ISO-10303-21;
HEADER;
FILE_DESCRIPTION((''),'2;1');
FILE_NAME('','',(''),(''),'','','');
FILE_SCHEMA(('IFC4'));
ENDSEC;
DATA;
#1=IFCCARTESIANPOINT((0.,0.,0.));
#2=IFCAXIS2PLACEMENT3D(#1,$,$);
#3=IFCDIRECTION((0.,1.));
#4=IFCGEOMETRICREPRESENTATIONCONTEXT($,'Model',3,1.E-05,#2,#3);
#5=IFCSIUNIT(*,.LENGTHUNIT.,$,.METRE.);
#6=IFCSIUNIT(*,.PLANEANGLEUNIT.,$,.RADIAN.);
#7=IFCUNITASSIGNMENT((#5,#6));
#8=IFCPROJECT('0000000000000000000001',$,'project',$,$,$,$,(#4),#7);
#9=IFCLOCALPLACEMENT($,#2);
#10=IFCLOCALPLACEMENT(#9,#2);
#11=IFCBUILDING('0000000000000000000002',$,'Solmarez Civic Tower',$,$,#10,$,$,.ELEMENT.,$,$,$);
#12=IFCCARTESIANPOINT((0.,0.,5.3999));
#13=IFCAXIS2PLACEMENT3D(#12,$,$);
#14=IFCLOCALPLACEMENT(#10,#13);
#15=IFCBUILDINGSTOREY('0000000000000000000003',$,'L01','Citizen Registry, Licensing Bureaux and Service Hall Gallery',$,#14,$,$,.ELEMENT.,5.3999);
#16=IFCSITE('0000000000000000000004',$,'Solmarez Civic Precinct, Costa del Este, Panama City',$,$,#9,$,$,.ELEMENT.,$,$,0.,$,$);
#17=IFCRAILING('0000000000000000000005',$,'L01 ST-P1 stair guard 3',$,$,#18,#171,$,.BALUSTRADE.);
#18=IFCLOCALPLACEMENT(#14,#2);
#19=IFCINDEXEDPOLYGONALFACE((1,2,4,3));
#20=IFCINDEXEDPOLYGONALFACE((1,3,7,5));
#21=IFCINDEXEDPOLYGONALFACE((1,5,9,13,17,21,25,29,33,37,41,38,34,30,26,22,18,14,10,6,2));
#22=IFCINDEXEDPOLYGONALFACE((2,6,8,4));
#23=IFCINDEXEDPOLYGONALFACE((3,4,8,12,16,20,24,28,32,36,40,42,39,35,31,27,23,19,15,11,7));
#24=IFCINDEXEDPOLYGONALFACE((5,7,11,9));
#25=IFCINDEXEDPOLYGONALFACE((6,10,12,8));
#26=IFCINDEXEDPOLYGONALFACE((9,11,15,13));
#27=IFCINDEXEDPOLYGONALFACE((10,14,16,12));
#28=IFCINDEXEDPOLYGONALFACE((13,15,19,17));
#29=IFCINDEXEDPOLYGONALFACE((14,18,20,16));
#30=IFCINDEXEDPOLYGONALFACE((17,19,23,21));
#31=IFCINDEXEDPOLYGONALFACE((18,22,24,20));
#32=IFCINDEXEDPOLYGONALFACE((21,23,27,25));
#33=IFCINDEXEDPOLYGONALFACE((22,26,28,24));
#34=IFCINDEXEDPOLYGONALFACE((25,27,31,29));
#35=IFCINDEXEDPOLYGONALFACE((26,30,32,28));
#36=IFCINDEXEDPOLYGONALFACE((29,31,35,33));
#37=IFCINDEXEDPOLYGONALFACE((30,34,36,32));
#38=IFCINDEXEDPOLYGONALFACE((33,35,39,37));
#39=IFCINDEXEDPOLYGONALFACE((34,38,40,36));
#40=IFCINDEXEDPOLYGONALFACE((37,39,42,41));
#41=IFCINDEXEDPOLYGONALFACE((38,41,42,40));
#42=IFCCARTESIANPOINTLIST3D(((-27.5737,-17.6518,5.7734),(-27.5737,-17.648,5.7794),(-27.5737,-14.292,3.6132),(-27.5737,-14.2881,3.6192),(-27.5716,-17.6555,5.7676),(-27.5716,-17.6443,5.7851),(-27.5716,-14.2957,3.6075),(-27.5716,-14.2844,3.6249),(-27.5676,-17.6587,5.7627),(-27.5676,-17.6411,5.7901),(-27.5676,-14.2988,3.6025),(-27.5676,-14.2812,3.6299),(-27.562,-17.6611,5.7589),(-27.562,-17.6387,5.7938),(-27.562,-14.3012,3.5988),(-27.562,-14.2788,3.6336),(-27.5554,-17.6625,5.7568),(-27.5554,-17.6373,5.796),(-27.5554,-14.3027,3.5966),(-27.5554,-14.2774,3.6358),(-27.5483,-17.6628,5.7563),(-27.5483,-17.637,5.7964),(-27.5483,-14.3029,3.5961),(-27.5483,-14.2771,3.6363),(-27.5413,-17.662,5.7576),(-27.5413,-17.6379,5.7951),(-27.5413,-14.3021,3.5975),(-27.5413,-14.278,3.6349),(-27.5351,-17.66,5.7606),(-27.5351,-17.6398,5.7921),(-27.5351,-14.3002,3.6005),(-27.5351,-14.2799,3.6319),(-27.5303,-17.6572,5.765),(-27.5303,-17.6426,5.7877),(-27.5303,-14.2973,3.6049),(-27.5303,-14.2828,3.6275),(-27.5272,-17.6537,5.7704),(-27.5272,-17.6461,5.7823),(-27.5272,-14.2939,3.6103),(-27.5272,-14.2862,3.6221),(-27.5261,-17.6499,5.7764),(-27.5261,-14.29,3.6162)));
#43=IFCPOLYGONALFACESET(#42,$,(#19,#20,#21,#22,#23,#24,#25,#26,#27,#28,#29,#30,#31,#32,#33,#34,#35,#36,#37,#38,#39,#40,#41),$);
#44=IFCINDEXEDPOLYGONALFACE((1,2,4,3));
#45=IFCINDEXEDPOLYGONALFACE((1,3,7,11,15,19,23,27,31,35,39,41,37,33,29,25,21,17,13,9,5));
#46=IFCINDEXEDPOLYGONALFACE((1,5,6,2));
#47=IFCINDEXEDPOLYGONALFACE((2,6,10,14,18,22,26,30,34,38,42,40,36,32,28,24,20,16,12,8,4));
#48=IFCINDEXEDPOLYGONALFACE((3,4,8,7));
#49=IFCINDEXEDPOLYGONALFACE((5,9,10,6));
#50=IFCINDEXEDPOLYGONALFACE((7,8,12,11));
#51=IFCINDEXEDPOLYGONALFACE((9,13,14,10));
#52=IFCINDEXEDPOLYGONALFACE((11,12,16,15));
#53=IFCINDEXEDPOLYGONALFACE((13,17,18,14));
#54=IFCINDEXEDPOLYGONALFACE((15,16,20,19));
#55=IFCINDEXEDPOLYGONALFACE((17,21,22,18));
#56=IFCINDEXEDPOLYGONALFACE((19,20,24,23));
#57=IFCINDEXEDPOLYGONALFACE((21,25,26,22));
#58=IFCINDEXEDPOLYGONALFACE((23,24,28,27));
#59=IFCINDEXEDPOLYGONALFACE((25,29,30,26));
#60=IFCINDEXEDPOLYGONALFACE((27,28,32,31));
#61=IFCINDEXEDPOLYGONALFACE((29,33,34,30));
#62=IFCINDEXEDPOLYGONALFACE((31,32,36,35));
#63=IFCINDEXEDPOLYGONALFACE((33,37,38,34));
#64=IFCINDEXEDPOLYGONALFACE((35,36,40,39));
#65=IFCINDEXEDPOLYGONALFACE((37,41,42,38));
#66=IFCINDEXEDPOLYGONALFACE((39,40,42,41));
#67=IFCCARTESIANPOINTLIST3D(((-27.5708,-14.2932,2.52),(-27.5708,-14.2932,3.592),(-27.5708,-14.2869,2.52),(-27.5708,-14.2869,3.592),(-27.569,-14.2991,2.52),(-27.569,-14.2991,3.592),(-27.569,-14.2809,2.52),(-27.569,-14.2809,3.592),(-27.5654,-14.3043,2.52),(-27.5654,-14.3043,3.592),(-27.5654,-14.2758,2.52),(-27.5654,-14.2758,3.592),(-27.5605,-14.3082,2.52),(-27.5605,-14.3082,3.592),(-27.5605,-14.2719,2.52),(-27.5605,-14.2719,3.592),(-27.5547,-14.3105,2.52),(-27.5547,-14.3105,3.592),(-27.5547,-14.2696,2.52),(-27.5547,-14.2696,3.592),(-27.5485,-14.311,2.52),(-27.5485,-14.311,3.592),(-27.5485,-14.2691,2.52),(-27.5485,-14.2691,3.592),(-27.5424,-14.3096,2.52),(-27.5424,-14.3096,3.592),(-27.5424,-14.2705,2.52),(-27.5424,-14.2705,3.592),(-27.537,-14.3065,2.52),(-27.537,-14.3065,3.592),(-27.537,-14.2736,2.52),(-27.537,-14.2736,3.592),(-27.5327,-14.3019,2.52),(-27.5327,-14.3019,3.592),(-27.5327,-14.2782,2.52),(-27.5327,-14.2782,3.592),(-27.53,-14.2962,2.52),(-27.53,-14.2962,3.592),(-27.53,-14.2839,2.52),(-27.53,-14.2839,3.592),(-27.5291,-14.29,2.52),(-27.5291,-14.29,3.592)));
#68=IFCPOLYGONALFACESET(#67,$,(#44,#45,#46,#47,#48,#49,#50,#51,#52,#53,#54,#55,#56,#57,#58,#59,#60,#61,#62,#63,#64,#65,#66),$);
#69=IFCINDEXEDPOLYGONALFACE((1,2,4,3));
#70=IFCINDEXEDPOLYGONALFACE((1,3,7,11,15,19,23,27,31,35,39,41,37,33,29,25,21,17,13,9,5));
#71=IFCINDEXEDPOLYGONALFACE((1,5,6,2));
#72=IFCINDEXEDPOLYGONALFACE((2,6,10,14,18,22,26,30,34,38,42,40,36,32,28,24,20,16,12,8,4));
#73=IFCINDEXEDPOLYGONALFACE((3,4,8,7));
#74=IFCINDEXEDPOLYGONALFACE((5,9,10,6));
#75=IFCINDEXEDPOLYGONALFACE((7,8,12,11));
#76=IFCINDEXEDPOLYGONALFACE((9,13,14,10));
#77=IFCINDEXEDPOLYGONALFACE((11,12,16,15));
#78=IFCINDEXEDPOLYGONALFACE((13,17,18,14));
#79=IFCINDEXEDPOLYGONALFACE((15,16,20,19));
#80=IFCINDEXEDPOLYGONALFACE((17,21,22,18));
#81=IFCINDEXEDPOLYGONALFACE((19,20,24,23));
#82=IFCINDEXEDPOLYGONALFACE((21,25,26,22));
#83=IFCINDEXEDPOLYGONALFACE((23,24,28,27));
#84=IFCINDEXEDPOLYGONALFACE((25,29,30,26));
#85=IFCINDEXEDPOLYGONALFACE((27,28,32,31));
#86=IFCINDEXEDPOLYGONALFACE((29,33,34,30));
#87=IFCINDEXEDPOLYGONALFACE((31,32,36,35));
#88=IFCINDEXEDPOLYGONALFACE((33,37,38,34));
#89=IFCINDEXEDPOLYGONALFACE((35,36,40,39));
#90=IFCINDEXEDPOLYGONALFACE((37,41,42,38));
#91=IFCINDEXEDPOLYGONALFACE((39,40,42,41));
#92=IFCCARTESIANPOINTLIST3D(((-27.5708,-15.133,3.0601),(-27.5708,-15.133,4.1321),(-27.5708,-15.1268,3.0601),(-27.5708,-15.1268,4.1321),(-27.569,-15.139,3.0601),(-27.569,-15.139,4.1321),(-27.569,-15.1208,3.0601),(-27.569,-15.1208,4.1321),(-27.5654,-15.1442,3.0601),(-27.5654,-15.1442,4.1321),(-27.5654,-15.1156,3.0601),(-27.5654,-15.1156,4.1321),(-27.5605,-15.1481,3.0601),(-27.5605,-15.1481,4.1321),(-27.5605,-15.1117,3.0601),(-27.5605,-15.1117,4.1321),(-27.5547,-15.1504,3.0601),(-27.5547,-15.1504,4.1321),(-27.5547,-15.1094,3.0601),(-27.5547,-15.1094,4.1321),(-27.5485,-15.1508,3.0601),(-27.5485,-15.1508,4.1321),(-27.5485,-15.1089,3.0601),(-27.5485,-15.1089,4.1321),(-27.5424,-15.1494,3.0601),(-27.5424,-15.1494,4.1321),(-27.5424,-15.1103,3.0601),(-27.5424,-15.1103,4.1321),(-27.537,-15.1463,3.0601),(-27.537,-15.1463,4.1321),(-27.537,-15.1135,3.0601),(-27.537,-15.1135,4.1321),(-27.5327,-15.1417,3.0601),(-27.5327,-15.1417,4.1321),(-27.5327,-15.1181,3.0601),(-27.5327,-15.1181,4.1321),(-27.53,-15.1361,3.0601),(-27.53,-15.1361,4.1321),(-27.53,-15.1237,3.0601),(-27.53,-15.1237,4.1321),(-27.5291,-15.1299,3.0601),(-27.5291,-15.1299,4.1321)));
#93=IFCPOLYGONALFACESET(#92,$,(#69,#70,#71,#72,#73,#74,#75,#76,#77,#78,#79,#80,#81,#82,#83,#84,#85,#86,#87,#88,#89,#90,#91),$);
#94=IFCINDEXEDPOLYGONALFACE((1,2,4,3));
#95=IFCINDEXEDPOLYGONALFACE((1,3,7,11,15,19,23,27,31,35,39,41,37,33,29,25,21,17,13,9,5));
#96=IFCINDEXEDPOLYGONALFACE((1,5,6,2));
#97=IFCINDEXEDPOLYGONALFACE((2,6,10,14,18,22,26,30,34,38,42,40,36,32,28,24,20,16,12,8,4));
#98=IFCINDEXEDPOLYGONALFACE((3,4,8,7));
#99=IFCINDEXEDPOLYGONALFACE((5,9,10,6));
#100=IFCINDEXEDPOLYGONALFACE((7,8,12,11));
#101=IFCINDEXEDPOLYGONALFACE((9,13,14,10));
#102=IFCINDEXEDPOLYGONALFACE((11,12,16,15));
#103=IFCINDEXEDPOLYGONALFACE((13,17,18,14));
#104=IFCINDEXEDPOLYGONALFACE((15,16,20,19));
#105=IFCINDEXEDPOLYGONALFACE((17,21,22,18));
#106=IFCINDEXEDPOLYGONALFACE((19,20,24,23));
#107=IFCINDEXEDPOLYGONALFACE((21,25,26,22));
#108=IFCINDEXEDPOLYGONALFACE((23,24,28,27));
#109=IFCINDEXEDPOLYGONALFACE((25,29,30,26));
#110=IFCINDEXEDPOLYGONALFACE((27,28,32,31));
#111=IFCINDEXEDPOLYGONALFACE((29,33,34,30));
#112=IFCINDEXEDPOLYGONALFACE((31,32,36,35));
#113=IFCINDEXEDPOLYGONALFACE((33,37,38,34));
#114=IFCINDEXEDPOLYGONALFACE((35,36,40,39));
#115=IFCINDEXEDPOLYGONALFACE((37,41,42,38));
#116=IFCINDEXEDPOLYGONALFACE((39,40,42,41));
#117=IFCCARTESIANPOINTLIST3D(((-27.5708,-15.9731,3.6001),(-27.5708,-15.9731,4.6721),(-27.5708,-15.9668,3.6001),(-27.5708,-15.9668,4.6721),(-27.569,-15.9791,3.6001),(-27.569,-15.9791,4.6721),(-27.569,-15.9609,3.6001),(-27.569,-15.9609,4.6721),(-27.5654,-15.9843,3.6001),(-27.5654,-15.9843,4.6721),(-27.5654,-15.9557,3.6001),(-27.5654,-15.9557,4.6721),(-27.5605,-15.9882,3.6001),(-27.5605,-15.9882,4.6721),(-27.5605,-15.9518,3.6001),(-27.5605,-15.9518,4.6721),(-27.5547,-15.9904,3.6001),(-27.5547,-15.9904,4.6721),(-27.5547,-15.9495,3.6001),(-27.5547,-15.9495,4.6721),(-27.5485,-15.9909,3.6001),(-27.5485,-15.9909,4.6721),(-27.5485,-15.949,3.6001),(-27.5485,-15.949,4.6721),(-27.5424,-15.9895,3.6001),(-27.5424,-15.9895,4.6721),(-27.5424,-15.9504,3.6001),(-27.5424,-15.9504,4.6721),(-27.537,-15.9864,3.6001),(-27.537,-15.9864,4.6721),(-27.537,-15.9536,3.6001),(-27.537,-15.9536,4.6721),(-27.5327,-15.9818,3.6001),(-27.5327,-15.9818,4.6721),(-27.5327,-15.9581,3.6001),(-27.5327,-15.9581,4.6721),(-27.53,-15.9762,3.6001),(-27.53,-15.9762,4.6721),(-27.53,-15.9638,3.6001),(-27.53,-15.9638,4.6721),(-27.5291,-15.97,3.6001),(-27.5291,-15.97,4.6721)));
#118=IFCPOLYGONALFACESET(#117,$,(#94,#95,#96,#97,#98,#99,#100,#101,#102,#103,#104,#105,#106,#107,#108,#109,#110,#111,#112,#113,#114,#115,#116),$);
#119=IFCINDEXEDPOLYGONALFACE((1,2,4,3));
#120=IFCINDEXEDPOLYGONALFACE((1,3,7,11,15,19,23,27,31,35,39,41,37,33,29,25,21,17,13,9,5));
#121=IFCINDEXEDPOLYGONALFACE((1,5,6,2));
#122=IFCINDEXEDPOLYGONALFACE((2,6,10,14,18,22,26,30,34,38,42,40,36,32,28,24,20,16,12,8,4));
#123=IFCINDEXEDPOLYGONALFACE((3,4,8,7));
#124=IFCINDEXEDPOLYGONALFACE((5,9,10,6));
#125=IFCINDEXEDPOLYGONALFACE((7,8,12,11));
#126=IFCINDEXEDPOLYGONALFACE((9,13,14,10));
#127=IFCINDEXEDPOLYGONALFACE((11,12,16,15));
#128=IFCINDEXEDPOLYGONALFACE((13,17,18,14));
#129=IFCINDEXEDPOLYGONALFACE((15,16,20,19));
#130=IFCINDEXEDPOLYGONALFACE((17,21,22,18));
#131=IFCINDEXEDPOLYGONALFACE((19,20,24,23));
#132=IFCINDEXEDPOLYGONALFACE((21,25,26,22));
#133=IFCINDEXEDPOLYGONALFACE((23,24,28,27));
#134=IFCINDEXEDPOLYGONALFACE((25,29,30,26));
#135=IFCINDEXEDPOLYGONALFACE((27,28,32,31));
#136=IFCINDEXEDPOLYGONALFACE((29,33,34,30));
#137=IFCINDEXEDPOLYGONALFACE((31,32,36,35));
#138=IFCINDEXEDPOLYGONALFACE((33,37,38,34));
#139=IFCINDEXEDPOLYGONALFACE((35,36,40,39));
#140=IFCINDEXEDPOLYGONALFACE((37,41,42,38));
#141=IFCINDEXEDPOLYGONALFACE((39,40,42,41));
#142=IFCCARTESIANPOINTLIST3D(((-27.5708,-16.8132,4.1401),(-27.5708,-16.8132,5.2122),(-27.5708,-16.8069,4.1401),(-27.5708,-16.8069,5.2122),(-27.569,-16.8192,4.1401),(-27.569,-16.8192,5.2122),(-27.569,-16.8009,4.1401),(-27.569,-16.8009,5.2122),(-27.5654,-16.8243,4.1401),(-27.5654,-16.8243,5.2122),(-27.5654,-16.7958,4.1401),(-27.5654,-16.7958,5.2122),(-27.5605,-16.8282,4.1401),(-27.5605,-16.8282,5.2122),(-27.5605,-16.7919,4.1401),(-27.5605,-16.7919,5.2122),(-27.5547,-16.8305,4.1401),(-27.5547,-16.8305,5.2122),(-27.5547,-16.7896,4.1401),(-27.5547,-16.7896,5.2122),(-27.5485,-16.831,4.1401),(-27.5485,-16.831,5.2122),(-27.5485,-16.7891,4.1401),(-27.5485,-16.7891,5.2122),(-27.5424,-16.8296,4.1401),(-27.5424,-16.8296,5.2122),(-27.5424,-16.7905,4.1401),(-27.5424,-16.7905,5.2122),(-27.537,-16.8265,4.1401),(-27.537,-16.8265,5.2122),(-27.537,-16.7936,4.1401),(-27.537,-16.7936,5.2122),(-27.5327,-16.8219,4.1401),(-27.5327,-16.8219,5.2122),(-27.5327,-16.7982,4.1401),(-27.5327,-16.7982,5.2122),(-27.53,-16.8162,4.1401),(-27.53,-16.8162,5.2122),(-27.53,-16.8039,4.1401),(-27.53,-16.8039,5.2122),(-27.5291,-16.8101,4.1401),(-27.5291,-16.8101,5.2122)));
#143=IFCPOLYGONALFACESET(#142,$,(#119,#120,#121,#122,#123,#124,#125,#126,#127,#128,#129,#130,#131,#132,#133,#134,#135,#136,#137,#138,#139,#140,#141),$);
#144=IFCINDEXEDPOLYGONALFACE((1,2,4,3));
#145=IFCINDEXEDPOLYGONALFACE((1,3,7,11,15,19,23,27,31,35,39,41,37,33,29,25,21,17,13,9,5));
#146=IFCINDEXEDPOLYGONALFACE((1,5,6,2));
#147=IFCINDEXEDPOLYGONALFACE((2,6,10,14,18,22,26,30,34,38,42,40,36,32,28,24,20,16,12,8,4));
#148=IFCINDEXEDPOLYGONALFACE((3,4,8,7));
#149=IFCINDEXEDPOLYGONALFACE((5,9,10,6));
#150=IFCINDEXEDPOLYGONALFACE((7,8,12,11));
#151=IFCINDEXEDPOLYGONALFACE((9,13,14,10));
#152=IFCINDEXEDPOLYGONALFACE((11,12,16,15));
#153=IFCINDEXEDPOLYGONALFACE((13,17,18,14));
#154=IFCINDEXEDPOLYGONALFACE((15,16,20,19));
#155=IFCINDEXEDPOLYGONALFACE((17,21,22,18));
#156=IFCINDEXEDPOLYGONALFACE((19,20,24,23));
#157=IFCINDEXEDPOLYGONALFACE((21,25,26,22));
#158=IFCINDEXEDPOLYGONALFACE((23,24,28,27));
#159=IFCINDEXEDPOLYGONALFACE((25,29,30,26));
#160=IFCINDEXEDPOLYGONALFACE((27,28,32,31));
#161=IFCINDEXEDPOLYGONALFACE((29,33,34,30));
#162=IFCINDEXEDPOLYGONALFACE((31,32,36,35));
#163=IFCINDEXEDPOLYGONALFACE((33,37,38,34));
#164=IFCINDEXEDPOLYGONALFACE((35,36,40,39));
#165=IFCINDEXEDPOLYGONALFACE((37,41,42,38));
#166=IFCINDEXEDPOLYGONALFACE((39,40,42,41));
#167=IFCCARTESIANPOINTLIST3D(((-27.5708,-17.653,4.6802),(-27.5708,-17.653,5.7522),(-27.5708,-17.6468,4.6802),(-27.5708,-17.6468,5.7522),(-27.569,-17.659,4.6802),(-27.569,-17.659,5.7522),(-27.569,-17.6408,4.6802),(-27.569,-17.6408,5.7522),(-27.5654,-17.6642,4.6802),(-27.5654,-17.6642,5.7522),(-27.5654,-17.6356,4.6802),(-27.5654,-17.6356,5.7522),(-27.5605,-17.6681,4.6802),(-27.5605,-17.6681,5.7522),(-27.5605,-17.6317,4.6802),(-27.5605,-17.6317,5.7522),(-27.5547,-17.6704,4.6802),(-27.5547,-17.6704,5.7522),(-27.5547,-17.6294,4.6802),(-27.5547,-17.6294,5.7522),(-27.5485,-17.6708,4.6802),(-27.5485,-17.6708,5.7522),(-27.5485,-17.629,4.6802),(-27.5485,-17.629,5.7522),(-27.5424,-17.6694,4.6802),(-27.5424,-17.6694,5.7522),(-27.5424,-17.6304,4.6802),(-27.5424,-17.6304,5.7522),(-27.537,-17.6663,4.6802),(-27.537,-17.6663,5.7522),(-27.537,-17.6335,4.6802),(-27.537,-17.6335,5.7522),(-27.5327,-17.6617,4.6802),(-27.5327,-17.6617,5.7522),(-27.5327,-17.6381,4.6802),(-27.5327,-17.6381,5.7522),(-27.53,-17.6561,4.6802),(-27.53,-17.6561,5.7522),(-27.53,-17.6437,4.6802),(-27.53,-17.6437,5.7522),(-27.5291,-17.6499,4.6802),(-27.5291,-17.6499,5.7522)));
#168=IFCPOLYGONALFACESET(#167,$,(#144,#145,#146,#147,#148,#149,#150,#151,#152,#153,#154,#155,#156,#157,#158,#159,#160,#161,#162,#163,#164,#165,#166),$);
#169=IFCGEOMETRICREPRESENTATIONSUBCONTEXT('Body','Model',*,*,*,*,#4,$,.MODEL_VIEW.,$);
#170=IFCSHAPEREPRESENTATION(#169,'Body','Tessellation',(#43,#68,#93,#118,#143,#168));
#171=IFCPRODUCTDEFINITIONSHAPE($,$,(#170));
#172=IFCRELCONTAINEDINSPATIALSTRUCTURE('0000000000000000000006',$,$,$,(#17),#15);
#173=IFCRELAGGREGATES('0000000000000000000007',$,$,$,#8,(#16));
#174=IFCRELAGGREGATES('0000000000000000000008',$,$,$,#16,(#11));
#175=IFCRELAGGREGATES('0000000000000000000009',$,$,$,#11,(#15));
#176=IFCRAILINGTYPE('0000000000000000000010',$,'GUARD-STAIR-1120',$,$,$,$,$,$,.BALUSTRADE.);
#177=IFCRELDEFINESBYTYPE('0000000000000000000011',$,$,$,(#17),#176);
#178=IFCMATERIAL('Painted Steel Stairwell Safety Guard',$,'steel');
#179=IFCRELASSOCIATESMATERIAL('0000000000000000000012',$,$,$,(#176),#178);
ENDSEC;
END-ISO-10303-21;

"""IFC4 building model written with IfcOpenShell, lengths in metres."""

from ifc_helpers import new_model, si_unit, direction, frame, origin, origin_2d, place, context, subcontext, project, spatial, circle, extrude, material, type_object, element, save


model = new_model("IFC4")

# Units and contexts
model_context = context("Model", 3, precision=1e-05, world=origin(), true_north=direction((0.0, 1.0)))
body_context = subcontext(model_context, "Body", "Model", "MODEL_VIEW")
ifc_project = project(units=[si_unit("LENGTHUNIT", "METRE"), si_unit("PLANEANGLEUNIT", "RADIAN")], contexts=[model_context])

# Site, building, storey
site_placement = place(None, origin())
site = spatial("IfcSite", under=ifc_project, at=site_placement, Name="Solmarez Civic Precinct, Costa del Este, Panama City", CompositionType="ELEMENT", RefElevation=0.0)
building_placement = place(site_placement, origin())
building = spatial("IfcBuilding", under=site, at=building_placement, Name="Solmarez Civic Tower", CompositionType="ELEMENT")
storey_placement = place(building_placement, frame((0.0, 0.0, 5.3999)))
storey = spatial("IfcBuildingStorey", under=building, at=storey_placement, Name="L01", Description="Citizen Registry, Licensing Bureaux and Service Hall Gallery", CompositionType="ELEMENT", Elevation=5.3999)

# Railing
ifc_material_1 = material(Name="Painted Steel Stairwell Safety Guard", Category="steel")
railing_type_1 = type_object("IfcRailingType", Name="GUARD-STAIR-1120", PredefinedType="BALUSTRADE", material=ifc_material_1)
railing_1_placement = place(storey_placement, frame((-27.55, -14.29, 2.52)))
element("IfcRailing", 1, at=railing_1_placement, inside=storey, type_object=railing_type_1, Name="L01 ST-P1 stair guard 3", PredefinedType="BALUSTRADE", context=body_context, shape_type="SweptSolid", body=[
    extrude(circle(Radius=0.0239, at=origin_2d()), frame((0.0, 0.0, 1.0962), z_axis=(0.0, -0.841151, 0.540801), x_axis=(1.0, 0.0, 0.0)), (0.0, 0.0, 1.0), 3.9944),
    extrude(circle(Radius=0.021, at=origin_2d()), origin(), (0.0, 0.0, 1.0), 1.072),
    extrude(circle(Radius=0.021, at=origin_2d()), frame((0.0, -0.8398, 0.54)), (0.0, 0.0, 1.0), 1.072),
    extrude(circle(Radius=0.021, at=origin_2d()), frame((0.0, -1.6799, 1.0801)), (0.0, 0.0, 1.0), 1.072),
    extrude(circle(Radius=0.021, at=origin_2d()), frame((0.0, -2.52, 1.6201)), (0.0, 0.0, 1.0), 1.072),
    extrude(circle(Radius=0.021, at=origin_2d()), frame((0.0, -3.3599, 2.1602)), (0.0, 0.0, 1.0), 1.072),
])

save(model, "model.ifc")
